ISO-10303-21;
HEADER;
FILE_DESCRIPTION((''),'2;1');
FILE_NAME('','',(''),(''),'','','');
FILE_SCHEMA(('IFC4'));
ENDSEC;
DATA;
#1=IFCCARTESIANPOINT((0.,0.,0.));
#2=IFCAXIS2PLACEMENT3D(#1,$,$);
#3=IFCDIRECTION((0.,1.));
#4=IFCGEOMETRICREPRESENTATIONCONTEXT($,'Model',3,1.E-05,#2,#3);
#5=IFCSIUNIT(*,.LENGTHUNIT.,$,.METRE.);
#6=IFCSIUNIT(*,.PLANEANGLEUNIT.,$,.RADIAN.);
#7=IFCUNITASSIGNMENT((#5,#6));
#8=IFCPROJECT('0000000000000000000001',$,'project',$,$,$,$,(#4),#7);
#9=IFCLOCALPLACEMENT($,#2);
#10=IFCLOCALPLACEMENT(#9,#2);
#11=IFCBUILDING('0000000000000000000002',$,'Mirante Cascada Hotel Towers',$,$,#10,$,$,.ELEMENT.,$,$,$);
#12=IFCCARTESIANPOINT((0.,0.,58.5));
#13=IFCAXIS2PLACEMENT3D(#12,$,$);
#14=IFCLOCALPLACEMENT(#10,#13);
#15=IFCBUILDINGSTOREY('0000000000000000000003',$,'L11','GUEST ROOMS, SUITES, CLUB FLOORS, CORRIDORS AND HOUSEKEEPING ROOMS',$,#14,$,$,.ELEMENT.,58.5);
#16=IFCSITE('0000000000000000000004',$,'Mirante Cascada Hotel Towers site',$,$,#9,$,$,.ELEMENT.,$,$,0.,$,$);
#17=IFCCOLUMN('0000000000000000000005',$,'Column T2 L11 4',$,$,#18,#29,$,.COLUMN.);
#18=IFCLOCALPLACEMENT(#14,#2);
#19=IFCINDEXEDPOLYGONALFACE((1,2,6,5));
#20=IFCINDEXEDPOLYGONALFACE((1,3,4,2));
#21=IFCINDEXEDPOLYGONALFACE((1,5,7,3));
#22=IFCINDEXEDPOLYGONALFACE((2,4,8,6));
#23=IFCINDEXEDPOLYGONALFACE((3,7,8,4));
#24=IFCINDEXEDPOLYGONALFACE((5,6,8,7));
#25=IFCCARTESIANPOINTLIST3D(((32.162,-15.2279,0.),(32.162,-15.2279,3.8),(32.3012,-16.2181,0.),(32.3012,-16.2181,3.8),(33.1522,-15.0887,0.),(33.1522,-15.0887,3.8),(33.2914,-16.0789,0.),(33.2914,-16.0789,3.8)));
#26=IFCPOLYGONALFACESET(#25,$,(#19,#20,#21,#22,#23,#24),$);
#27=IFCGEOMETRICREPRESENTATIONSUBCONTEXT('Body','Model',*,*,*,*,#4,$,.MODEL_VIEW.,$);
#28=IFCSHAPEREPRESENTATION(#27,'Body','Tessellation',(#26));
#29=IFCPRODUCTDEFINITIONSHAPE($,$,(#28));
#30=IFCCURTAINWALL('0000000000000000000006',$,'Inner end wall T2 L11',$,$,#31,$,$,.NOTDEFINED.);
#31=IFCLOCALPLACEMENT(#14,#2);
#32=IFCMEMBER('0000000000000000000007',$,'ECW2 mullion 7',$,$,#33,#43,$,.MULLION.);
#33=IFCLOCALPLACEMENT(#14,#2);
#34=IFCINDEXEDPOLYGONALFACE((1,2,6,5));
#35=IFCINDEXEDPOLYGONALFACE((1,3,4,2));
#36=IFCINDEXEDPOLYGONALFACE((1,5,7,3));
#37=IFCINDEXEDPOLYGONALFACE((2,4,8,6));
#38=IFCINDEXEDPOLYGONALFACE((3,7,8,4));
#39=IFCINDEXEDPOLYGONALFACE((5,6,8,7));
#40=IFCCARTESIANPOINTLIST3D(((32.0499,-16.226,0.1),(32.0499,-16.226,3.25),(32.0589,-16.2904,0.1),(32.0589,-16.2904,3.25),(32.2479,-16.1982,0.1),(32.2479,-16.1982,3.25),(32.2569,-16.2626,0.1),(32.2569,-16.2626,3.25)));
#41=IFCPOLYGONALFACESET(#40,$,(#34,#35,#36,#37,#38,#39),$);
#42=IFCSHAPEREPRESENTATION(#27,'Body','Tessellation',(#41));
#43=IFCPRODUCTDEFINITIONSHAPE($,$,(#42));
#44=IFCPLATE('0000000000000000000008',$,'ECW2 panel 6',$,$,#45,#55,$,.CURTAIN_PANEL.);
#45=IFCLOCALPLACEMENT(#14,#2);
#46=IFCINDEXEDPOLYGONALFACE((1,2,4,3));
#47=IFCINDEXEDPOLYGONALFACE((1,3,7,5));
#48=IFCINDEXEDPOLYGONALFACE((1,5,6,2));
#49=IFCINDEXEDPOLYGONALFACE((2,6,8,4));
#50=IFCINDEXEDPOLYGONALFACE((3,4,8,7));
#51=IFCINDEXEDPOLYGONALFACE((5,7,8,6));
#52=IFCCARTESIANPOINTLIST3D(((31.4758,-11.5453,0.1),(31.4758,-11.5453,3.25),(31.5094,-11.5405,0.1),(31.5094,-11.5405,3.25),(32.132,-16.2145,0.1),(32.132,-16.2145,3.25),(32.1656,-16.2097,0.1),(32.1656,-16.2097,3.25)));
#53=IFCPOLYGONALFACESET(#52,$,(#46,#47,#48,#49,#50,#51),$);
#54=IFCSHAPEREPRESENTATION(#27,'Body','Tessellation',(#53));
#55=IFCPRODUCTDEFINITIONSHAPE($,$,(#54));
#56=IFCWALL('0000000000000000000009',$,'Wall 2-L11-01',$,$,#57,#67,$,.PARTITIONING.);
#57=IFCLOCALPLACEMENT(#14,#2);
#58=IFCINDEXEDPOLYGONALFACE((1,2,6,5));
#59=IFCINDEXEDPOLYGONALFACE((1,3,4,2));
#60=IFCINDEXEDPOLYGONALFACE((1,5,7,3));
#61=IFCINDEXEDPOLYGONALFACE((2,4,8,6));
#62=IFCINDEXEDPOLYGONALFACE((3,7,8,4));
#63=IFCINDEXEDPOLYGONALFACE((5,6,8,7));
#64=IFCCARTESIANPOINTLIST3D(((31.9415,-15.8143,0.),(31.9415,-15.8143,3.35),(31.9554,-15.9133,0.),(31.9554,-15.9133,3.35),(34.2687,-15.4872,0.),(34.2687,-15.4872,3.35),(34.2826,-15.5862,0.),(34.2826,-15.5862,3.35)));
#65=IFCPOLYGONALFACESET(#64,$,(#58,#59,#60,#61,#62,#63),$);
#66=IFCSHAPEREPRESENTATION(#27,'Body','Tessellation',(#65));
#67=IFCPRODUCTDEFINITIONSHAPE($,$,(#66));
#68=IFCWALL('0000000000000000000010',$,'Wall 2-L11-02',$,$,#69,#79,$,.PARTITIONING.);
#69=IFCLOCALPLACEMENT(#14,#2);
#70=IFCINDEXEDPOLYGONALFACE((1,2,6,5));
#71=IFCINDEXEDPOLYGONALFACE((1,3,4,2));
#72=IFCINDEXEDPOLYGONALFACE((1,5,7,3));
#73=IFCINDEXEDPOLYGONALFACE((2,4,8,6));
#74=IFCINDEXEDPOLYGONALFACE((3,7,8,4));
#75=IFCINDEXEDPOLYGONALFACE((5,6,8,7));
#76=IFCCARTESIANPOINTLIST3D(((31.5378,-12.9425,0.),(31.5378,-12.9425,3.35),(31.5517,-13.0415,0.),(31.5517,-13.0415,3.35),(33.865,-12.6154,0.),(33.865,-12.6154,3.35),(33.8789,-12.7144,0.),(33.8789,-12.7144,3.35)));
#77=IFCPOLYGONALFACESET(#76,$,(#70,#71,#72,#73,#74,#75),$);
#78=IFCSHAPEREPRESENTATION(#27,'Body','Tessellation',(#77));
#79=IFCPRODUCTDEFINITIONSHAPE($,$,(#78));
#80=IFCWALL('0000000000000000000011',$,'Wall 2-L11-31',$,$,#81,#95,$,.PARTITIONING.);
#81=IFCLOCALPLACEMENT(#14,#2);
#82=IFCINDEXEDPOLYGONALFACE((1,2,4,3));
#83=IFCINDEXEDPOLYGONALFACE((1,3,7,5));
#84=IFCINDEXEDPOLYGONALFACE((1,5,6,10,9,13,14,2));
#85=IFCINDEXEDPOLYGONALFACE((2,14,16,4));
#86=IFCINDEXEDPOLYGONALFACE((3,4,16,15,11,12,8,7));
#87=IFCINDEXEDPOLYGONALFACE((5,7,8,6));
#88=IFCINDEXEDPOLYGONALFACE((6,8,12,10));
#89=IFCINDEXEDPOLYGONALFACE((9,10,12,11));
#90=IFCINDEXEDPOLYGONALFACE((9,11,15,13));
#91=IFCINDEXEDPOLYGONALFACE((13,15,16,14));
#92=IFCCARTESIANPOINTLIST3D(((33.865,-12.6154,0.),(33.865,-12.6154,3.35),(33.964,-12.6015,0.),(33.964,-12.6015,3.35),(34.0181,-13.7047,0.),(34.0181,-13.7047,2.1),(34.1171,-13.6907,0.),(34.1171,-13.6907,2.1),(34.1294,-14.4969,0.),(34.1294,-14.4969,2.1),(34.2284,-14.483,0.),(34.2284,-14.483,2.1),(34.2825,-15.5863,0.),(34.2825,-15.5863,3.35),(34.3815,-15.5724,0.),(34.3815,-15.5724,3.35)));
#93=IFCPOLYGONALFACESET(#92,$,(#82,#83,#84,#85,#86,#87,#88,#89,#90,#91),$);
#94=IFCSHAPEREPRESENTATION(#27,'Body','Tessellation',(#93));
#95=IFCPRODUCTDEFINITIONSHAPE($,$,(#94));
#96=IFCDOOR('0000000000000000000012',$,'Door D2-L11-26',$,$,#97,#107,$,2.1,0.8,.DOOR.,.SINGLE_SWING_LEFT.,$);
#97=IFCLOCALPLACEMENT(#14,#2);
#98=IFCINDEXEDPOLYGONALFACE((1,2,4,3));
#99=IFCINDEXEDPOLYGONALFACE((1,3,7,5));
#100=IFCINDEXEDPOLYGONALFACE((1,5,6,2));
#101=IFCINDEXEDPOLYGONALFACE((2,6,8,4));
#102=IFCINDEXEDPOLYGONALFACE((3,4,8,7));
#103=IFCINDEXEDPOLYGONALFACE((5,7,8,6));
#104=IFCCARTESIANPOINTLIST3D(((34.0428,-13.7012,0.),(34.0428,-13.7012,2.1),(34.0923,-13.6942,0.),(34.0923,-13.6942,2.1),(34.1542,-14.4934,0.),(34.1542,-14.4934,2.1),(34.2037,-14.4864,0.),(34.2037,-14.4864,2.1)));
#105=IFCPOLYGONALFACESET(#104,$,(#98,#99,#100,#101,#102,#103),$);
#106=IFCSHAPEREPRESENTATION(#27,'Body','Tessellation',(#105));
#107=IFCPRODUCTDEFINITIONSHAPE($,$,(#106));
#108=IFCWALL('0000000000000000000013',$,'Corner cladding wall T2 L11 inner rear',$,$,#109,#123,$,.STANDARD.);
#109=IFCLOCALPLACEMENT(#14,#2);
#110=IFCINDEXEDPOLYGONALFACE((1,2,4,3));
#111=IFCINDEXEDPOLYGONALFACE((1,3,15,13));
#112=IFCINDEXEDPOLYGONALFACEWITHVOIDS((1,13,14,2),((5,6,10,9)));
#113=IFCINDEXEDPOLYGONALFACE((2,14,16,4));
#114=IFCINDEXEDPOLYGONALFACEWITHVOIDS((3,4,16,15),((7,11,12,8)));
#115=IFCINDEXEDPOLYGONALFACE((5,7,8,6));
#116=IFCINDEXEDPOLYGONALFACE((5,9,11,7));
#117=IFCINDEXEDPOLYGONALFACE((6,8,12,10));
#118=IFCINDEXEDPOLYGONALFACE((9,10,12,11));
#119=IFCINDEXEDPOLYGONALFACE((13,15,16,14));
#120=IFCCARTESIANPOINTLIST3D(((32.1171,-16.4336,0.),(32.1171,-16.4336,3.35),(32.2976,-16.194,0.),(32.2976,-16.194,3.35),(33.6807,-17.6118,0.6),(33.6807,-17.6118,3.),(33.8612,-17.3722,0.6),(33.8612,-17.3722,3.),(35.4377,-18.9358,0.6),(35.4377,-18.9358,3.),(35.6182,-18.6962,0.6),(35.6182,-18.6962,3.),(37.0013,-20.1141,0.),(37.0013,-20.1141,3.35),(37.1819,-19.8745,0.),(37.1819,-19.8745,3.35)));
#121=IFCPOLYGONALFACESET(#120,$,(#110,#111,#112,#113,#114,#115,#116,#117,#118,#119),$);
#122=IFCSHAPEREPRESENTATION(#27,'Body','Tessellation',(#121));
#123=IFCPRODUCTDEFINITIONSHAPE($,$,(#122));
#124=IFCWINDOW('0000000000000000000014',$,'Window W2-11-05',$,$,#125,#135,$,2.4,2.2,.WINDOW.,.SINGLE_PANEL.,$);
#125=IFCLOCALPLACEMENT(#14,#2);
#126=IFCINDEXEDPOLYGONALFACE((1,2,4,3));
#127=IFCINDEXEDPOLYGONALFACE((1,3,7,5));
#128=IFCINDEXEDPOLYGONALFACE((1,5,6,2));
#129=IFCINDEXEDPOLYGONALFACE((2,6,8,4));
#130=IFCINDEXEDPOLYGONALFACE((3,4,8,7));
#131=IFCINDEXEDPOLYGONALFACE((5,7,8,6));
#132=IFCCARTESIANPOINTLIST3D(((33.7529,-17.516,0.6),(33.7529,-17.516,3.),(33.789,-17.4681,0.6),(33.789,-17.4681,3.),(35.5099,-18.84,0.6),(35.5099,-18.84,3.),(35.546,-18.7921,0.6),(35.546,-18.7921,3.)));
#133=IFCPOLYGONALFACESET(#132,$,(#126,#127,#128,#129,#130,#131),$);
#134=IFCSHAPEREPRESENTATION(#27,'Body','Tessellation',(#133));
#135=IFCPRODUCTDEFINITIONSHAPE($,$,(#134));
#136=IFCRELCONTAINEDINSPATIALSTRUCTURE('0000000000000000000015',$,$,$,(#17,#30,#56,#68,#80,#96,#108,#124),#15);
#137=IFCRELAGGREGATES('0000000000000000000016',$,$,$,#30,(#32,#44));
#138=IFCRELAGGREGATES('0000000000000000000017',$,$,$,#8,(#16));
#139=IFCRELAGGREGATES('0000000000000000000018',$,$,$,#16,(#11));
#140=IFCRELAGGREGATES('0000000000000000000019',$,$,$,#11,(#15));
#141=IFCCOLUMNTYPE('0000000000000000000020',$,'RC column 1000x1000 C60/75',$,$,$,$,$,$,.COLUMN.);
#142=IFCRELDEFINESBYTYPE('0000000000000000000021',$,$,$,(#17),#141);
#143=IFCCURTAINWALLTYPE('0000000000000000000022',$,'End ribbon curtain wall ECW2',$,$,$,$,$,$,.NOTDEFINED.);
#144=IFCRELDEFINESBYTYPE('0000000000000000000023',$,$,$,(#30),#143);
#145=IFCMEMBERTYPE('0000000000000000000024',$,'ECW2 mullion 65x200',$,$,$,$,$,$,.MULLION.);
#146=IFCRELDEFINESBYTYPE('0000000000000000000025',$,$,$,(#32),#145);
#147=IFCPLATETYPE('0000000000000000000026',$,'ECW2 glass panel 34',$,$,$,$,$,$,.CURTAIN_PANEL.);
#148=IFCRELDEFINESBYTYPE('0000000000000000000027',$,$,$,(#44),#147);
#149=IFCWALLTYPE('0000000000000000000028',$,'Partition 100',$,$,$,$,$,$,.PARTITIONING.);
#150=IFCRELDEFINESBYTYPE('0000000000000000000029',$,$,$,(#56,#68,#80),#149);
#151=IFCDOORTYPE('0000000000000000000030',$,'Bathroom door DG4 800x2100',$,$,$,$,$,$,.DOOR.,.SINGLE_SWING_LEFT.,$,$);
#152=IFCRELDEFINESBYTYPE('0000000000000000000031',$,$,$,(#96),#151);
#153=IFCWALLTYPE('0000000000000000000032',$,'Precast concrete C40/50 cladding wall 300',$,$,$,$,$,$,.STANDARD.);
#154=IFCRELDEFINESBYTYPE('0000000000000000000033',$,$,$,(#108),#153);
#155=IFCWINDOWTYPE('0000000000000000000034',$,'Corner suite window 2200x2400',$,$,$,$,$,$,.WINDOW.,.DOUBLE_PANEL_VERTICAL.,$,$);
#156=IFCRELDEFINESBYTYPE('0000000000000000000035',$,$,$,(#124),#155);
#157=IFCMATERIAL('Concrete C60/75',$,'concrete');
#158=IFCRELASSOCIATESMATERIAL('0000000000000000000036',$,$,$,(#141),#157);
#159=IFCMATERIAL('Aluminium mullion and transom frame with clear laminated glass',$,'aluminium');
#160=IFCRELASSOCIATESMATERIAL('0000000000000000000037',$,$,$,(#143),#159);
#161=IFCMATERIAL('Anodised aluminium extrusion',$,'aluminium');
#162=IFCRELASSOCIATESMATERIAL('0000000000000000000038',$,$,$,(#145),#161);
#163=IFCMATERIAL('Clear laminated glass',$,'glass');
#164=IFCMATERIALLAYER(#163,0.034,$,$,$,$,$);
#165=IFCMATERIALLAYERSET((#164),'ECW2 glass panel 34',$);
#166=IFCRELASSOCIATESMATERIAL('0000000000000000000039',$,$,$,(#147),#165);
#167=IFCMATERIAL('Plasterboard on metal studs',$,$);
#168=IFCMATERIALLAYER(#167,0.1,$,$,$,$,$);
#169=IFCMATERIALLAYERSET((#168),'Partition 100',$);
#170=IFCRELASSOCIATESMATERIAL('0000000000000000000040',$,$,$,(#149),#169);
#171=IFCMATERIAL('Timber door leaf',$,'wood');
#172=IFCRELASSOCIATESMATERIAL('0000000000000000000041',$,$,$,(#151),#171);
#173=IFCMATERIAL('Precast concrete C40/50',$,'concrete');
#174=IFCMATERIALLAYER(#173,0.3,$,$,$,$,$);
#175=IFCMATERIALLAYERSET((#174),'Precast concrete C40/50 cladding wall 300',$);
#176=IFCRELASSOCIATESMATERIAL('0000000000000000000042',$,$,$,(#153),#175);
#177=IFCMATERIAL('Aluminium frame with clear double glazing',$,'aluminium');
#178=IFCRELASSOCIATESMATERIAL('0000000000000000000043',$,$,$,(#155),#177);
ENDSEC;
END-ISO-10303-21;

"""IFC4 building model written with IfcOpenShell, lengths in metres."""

from ifc_helpers import new_model, si_unit, direction, frame, frame_2d, origin, origin_2d, place, context, subcontext, project, spatial, rectangle, extrude, material, layer, layer_set, material_profile, profile_set, type_object, element, fill, aggregate, save


model = new_model("IFC4")

# Units and contexts
model_context = context("Model", 3, precision=1e-05, world=origin(), true_north=direction((0.0, 1.0)))
body_context = subcontext(model_context, "Body", "Model", "MODEL_VIEW")
ifc_project = project(units=[si_unit("LENGTHUNIT", "METRE"), si_unit("PLANEANGLEUNIT", "RADIAN")], contexts=[model_context])

# Site, building, storey
site_placement = place(None, origin())
site = spatial("IfcSite", under=ifc_project, at=site_placement, Name="Mirante Cascada Hotel Towers site", CompositionType="ELEMENT", RefElevation=0.0)
building_placement = place(site_placement, origin())
building = spatial("IfcBuilding", under=site, at=building_placement, Name="Mirante Cascada Hotel Towers", CompositionType="ELEMENT")
storey_placement = place(building_placement, frame((0.0, 0.0, 58.5)))
storey = spatial("IfcBuildingStorey", under=building, at=storey_placement, Name="L11", Description="GUEST ROOMS, SUITES, CLUB FLOORS, CORRIDORS AND HOUSEKEEPING ROOMS", CompositionType="ELEMENT", Elevation=58.5)

# Column
ifc_material_1 = material(Name="Concrete C60/75", Category="concrete")
ifc_material_profile_1 = material_profile(ifc_material_1, rectangle(XDim=1.0, YDim=1.0, at=origin_2d()), Name="RC column 1000x1000 C60/75")
ifc_profile_set_1 = profile_set([ifc_material_profile_1], Name="Concrete C60/75")
column_type = type_object("IfcColumnType", Name="RC column 1000x1000 C60/75", PredefinedType="COLUMN", material=ifc_profile_set_1)
column_placement = place(storey_placement, frame((32.7267, -15.6534, 0.0), z_axis=(0.0, 0.0, 1.0), x_axis=(0.990268, 0.139173, 0.0)))
element("IfcColumn", 1, at=column_placement, inside=storey, type_object=column_type, Name="Column T2 L11 4", PredefinedType="COLUMN", context=body_context, shape_type="SweptSolid", body=[
    extrude(rectangle(XDim=1.0, YDim=1.0, at=origin_2d()), origin(), (0.0, 0.0, 1.0), 3.8),
])

# Curtain wall, member, plate
ifc_material_2 = material(Name="Aluminium mullion and transom frame with clear laminated glass", Category="aluminium")
curtain_wall_type = type_object("IfcCurtainWallType", Name="End ribbon curtain wall ECW2", PredefinedType="NOTDEFINED", material=ifc_material_2)
curtain_wall_placement = place(storey_placement, origin())
curtain_wall = element("IfcCurtainWall", 2, at=curtain_wall_placement, inside=storey, type_object=curtain_wall_type, Name="Inner end wall T2 L11", PredefinedType="NOTDEFINED")
ifc_material_3 = material(Name="Anodised aluminium extrusion", Category="aluminium")
ifc_material_profile_2 = material_profile(ifc_material_3, rectangle(XDim=0.2, YDim=0.065, at=origin_2d()), Name="ECW2 MULLION 65x200")
ifc_profile_set_2 = profile_set([ifc_material_profile_2], Name="Anodised aluminium extrusion")
member_type = type_object("IfcMemberType", Name="ECW2 mullion 65x200", PredefinedType="MULLION", material=ifc_profile_set_2)
member_placement = place(storey_placement, frame((32.1534, -16.2443, 0.1), z_axis=(0.0, 0.0, 1.0), x_axis=(0.990268, 0.139173, 0.0)))
member = element("IfcMember", 3, at=member_placement, type_object=member_type, Name="ECW2 mullion 7", PredefinedType="MULLION", context=body_context, shape_type="SweptSolid", body=[
    extrude(rectangle(XDim=0.2, YDim=0.065, at=origin_2d()), origin(), (0.0, 0.0, 1.0), 3.15),
])
ifc_material_4 = material(Name="Clear laminated glass", Category="glass")
ifc_layer_1 = layer(ifc_material_4, 0.034)
ifc_layer_set_1 = layer_set([ifc_layer_1], Name="ECW2 glass panel 34")
plate_type = type_object("IfcPlateType", Name="ECW2 glass panel 34", PredefinedType="CURTAIN_PANEL", material=ifc_layer_set_1)
plate_placement = place(storey_placement, frame((31.8207, -13.8775, 0.1), z_axis=(0.0, 0.0, 1.0), x_axis=(0.139173, -0.990268, 0.0)))
plate = element("IfcPlate", 4, at=plate_placement, type_object=plate_type, Name="ECW2 panel 6", PredefinedType="CURTAIN_PANEL", context=body_context, shape_type="SweptSolid", body=[
    extrude(rectangle(XDim=4.7151, YDim=0.034, at=origin_2d()), origin(), (0.0, 0.0, 1.0), 3.15),
])
aggregate(curtain_wall, [member, plate])

# Walls
ifc_material_5 = material(Name="Plasterboard on metal studs")
ifc_layer_2 = layer(ifc_material_5, 0.1)
ifc_layer_set_2 = layer_set([ifc_layer_2], Name="Partition 100")
wall_type_1 = type_object("IfcWallType", Name="Partition 100", PredefinedType="PARTITIONING", material=ifc_layer_set_2)
for number, where, z_axis, x_axis, name in (
    (5, (34.2756, -15.5367, 0.0), (0.0, 0.0, 1.0), (-0.990266, -0.139187, 0.0), "Wall 2-L11-01"),
    (6, (31.5448, -12.992, 0.0), (0.0, 0.0, 1.0), (0.990266, 0.139187, 0.0), "Wall 2-L11-02"),
):
    element("IfcWall", number, at=place(storey_placement, frame(where, z_axis=z_axis, x_axis=x_axis)), inside=storey, type_object=wall_type_1, Name=name, PredefinedType="PARTITIONING", context=body_context, shape_type="SweptSolid", body=[
        extrude(rectangle(XDim=2.3501, YDim=0.1, at=frame_2d((1.175, 0.0))), origin(), (0.0, 0.0, 1.0), 3.35),
    ])

# Wall, opening, door
wall_1_placement = place(storey_placement, frame((33.9145, -12.6084, 0.0), z_axis=(0.0, 0.0, 1.0), x_axis=(0.139162, -0.99027, 0.0)))
wall_1 = element("IfcWall", 7, at=wall_1_placement, inside=storey, type_object=wall_type_1, Name="Wall 2-L11-31", PredefinedType="PARTITIONING", context=body_context, shape_type="SweptSolid", body=[
    extrude(rectangle(XDim=3.0001, YDim=0.1, at=frame_2d((1.5001, 0.0))), origin(), (0.0, 0.0, 1.0), 3.35),
])
opening_1_placement = place(wall_1_placement, frame((1.1, 0.0, 0.0)))
opening_1 = element("IfcOpeningElement", 8, at=opening_1_placement, cuts=wall_1, PredefinedType="OPENING", context=body_context, shape_type="SweptSolid", body=[
    extrude(rectangle(XDim=0.8, YDim=2.1, at=frame_2d((0.4, 1.05))), frame((0.0, 0.05, 0.0), z_axis=(0.0, -1.0, 0.0), x_axis=(1.0, 0.0, 0.0)), (0.0, 0.0, 1.0), 0.1),
])
ifc_material_6 = material(Name="Timber door leaf", Category="wood")
door_type = type_object("IfcDoorType", Name="Bathroom door DG4 800x2100", OperationType="SINGLE_SWING_LEFT", PredefinedType="DOOR", material=ifc_material_6)
door_placement = place(opening_1_placement, origin())
door = element("IfcDoor", 9, at=door_placement, inside=storey, type_object=door_type, Name="Door D2-L11-26", OperationType="SINGLE_SWING_LEFT", OverallHeight=2.1, OverallWidth=0.8, PredefinedType="DOOR", context=body_context, shape_type="SweptSolid", body=[
    extrude(rectangle(XDim=0.8, YDim=2.1, at=frame_2d((0.4, 1.05))), frame((0.0, 0.025, 0.0), z_axis=(0.0, -1.0, 0.0), x_axis=(1.0, 0.0, 0.0)), (0.0, 0.0, 1.0), 0.05),
])
fill(opening_1, door)

# Wall, opening, window
ifc_material_7 = material(Name="Precast concrete C40/50", Category="concrete")
ifc_layer_3 = layer(ifc_material_7, 0.3)
ifc_layer_set_3 = layer_set([ifc_layer_3], Name="Precast concrete C40/50 cladding wall 300")
wall_type_2 = type_object("IfcWallType", Name="Precast concrete C40/50 cladding wall 300", PredefinedType="STANDARD", material=ifc_layer_set_3)
wall_2_placement = place(storey_placement, frame((32.2074, -16.3138, 0.0), z_axis=(0.0, 0.0, 1.0), x_axis=(0.798636, -0.601814, 0.0)))
wall_2 = element("IfcWall", 10, at=wall_2_placement, inside=storey, type_object=wall_type_2, Name="Corner cladding wall T2 L11 inner rear", PredefinedType="STANDARD", context=body_context, shape_type="SweptSolid", body=[
    extrude(rectangle(XDim=6.1157, YDim=0.3, at=frame_2d((3.0578, 0.0))), origin(), (0.0, 0.0, 1.0), 3.35),
])
opening_2_placement = place(wall_2_placement, frame((1.9578, 0.0, 0.6)))
opening_2 = element("IfcOpeningElement", 11, at=opening_2_placement, cuts=wall_2, PredefinedType="OPENING", context=body_context, shape_type="SweptSolid", body=[
    extrude(rectangle(XDim=2.2, YDim=2.4, at=frame_2d((1.1, 1.2))), frame((0.0, 0.15, 0.0), z_axis=(0.0, -1.0, 0.0), x_axis=(1.0, 0.0, 0.0)), (0.0, 0.0, 1.0), 0.3),
])
ifc_material_8 = material(Name="Aluminium frame with clear double glazing", Category="aluminium")
window_type = type_object("IfcWindowType", Name="Corner suite window 2200x2400", PartitioningType="DOUBLE_PANEL_VERTICAL", PredefinedType="WINDOW", material=ifc_material_8)
window_placement = place(opening_2_placement, origin())
window = element("IfcWindow", 12, at=window_placement, inside=storey, type_object=window_type, Name="Window W2-11-05", OverallHeight=2.4, OverallWidth=2.2, PartitioningType="SINGLE_PANEL", PredefinedType="WINDOW", context=body_context, shape_type="SweptSolid", body=[
    extrude(rectangle(XDim=2.2, YDim=2.4, at=frame_2d((1.1, 1.2))), frame((0.0, 0.03, 0.0), z_axis=(0.0, -1.0, 0.0), x_axis=(1.0, 0.0, 0.0)), (0.0, 0.0, 1.0), 0.06),
])
fill(opening_2, window)

save(model, "model.ifc")
